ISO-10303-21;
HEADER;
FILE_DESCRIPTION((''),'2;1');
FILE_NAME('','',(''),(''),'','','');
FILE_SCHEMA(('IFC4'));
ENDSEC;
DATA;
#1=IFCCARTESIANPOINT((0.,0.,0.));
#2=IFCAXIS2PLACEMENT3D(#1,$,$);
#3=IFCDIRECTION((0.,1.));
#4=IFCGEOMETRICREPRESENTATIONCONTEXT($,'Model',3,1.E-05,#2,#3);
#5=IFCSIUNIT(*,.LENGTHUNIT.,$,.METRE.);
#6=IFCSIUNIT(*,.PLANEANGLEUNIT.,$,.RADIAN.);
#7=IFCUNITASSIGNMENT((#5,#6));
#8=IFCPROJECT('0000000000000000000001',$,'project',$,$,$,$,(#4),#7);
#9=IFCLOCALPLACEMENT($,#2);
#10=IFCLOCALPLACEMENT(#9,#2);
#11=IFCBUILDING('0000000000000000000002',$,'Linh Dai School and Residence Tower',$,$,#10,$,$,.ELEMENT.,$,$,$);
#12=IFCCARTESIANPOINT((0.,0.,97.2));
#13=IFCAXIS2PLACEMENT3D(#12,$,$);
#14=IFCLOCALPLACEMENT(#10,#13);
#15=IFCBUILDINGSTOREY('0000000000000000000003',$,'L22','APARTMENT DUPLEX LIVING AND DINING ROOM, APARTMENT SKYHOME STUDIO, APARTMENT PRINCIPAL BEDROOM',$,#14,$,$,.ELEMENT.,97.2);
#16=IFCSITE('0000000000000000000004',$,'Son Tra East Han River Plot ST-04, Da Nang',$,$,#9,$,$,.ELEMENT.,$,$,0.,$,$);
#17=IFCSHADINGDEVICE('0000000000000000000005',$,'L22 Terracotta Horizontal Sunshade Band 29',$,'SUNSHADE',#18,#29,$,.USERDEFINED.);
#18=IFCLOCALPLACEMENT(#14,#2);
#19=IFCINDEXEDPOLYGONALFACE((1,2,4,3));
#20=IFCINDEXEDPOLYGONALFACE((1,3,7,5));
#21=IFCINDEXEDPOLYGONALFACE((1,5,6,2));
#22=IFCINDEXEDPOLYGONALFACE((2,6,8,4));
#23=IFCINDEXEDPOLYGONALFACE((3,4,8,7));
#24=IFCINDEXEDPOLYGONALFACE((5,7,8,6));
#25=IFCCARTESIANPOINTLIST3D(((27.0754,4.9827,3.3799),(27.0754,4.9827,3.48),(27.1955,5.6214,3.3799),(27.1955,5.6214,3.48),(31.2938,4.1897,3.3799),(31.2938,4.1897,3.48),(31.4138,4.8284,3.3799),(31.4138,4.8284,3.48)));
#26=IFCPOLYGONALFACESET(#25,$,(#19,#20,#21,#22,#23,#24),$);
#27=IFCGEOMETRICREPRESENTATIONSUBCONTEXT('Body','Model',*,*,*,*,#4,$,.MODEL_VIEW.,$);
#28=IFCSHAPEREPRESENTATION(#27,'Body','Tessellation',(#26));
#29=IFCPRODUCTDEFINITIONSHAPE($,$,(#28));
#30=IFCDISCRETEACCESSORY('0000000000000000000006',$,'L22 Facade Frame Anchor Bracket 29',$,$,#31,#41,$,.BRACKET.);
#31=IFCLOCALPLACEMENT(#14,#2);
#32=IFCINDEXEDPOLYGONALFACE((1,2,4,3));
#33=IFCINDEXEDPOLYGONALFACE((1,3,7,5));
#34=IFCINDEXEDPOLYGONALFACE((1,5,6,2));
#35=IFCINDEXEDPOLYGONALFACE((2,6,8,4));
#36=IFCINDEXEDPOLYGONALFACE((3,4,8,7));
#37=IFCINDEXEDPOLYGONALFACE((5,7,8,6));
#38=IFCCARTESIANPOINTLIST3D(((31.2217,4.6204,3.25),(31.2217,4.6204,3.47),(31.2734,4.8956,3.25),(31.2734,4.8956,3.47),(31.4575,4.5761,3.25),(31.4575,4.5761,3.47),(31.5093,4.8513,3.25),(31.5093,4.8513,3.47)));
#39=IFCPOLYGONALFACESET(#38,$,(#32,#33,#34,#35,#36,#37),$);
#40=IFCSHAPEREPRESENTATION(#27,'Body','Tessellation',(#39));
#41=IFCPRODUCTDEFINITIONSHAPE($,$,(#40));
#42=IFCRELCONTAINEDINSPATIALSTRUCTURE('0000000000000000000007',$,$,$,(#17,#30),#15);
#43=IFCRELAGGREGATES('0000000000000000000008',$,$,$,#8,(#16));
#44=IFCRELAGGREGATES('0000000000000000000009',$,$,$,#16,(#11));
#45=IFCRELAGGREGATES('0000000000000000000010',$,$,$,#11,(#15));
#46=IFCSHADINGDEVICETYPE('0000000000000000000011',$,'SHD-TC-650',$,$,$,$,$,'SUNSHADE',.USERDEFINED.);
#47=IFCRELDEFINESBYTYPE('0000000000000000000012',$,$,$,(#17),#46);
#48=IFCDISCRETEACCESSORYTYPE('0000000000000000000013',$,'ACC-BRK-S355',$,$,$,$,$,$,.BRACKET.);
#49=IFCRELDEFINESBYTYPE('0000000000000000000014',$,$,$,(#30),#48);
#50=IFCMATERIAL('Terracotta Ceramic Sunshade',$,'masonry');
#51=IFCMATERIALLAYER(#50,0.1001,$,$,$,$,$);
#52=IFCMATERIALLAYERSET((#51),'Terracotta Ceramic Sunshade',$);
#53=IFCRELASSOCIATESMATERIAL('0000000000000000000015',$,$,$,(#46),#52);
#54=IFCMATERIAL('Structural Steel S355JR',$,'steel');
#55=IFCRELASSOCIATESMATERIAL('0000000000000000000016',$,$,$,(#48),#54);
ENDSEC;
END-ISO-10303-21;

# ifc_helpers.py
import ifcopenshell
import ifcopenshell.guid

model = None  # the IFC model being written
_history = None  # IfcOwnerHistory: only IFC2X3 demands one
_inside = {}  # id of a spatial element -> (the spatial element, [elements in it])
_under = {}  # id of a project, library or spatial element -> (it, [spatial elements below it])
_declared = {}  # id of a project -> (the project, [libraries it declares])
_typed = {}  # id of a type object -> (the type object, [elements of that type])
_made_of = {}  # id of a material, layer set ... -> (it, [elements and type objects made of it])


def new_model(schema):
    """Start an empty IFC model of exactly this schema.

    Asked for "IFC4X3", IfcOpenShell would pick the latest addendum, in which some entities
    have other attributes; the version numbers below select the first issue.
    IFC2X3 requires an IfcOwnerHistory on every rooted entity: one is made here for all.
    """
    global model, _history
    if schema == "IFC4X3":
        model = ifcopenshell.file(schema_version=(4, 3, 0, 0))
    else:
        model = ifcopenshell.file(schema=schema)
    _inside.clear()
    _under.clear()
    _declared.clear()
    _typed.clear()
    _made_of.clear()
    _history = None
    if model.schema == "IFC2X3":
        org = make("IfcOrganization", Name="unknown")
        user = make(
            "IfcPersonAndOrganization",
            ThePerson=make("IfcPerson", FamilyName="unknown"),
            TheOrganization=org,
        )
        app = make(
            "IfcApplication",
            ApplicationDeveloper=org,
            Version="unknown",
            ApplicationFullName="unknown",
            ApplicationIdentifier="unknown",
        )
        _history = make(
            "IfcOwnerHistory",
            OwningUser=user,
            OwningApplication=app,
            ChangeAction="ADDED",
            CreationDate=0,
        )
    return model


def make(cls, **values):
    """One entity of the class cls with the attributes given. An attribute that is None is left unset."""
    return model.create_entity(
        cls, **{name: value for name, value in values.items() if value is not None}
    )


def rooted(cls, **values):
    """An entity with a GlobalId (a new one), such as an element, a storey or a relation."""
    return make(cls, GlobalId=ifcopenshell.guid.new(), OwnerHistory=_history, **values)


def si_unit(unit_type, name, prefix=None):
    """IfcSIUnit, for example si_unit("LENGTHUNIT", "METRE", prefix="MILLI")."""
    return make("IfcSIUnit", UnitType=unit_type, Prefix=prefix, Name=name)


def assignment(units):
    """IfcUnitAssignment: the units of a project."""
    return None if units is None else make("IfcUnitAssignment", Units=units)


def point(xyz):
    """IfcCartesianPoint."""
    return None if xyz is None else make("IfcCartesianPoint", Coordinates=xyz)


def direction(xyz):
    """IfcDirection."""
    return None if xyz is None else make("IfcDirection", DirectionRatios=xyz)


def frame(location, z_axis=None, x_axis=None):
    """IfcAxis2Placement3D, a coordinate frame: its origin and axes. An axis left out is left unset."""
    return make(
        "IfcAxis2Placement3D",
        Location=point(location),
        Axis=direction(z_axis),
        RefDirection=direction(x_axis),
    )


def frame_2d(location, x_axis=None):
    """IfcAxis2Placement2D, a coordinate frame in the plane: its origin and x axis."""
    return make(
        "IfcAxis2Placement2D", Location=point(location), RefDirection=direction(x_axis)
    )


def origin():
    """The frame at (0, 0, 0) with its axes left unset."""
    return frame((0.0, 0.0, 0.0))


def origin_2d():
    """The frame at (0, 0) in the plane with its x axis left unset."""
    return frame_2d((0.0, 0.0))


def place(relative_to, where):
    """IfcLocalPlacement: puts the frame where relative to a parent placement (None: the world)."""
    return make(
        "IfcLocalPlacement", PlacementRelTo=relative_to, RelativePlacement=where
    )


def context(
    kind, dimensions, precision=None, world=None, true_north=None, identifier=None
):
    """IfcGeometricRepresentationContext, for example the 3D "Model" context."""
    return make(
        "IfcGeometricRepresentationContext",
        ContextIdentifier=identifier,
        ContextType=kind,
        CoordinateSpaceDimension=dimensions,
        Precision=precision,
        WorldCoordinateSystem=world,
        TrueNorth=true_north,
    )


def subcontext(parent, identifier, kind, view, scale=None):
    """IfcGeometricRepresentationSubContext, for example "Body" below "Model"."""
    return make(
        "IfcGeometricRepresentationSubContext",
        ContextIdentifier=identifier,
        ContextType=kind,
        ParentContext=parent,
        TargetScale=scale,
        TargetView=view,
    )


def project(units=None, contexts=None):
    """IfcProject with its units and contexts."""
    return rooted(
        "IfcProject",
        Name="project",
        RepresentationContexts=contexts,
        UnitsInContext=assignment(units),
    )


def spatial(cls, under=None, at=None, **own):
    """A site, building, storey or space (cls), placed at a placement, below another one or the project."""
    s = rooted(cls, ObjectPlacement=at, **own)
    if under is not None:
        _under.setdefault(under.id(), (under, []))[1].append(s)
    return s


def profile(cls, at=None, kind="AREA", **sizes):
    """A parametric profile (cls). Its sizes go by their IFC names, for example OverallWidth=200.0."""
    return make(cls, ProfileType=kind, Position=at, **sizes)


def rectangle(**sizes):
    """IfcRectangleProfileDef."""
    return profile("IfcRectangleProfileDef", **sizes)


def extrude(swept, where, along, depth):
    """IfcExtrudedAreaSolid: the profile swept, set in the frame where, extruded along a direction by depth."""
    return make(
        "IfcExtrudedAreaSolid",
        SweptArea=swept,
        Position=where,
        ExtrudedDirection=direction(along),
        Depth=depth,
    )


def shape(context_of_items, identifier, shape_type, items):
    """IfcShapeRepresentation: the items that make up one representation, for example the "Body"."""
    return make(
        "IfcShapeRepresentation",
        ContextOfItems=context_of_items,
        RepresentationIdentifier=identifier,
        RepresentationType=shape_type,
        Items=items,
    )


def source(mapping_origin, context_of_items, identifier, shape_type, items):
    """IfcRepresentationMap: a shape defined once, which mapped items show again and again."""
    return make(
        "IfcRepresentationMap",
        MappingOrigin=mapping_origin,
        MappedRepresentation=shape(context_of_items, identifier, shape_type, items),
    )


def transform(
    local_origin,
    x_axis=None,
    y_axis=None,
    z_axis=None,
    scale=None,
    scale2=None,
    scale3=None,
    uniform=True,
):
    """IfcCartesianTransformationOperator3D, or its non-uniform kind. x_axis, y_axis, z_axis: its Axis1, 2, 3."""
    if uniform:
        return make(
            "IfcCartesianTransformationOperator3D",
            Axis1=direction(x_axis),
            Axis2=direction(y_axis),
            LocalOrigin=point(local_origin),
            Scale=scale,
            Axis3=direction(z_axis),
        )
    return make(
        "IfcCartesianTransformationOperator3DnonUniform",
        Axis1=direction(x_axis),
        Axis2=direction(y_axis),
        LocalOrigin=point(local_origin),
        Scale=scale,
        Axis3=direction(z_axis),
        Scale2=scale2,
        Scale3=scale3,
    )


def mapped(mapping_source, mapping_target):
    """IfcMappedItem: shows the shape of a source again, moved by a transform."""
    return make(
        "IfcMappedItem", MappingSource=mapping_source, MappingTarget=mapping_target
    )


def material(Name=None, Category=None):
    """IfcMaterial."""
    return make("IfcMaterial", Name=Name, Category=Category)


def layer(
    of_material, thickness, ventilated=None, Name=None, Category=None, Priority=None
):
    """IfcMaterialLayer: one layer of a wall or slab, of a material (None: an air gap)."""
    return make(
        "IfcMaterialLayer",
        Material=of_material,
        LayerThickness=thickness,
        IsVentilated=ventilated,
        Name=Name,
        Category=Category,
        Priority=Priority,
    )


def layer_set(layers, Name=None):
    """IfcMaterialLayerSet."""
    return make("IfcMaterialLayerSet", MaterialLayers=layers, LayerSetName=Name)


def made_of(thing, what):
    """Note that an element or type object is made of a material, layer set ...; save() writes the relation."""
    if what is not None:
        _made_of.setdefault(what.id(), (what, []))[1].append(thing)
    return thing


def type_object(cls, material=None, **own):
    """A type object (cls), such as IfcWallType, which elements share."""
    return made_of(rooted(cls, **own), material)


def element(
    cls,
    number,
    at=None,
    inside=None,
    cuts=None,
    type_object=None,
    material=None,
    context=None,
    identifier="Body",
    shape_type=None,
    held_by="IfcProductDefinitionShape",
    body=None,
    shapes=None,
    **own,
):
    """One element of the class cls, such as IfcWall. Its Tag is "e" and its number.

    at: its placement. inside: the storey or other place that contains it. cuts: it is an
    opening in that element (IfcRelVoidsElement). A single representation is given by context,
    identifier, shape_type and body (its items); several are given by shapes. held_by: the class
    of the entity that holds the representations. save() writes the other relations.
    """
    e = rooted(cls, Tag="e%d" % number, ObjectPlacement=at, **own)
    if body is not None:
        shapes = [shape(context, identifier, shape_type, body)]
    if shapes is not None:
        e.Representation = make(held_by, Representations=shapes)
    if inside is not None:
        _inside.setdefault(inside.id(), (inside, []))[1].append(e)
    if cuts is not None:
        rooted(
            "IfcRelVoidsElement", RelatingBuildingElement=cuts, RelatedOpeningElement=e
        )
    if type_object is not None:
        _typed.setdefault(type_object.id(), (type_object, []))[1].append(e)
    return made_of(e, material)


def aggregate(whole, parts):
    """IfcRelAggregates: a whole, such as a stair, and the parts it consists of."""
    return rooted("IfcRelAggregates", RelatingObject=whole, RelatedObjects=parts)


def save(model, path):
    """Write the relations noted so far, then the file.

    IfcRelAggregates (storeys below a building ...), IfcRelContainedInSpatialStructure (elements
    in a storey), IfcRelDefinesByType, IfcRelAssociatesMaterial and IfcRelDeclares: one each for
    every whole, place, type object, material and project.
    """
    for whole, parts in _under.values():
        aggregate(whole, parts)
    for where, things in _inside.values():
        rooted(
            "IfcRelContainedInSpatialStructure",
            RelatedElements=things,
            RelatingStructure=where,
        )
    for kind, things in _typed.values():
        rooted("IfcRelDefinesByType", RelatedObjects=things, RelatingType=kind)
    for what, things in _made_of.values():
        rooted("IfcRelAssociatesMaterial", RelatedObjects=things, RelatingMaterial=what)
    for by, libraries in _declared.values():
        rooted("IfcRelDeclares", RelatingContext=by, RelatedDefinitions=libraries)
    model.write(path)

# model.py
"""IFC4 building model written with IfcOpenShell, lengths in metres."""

from ifc_helpers import new_model, si_unit, direction, frame, origin, origin_2d, place, context, subcontext, project, spatial, rectangle, extrude, source, transform, mapped, material, layer, layer_set, type_object, element, save


model = new_model("IFC4")

# Units and contexts
model_context = context("Model", 3, precision=1e-05, world=origin(), true_north=direction((0.0, 1.0)))
body_context = subcontext(model_context, "Body", "Model", "MODEL_VIEW")
ifc_project = project(units=[si_unit("LENGTHUNIT", "METRE"), si_unit("PLANEANGLEUNIT", "RADIAN")], contexts=[model_context])

# Site, building, storey
site_placement = place(None, origin())
site = spatial("IfcSite", under=ifc_project, at=site_placement, Name="Son Tra East Han River Plot ST-04, Da Nang", CompositionType="ELEMENT", RefElevation=0.0)
building_placement = place(site_placement, origin())
building = spatial("IfcBuilding", under=site, at=building_placement, Name="Linh Dai School and Residence Tower", CompositionType="ELEMENT")
storey_placement = place(building_placement, frame((0.0, 0.0, 97.2)))
storey = spatial("IfcBuildingStorey", under=building, at=storey_placement, Name="L22", Description="APARTMENT DUPLEX LIVING AND DINING ROOM, APARTMENT SKYHOME STUDIO, APARTMENT PRINCIPAL BEDROOM", CompositionType="ELEMENT", Elevation=97.2)

# Shared definitions
ifc_material_1 = material(Name="Structural Steel S355JR", Category="steel")

# Shading device
ifc_material_2 = material(Name="Terracotta Ceramic Sunshade", Category="masonry")
ifc_layer_1 = layer(ifc_material_2, 0.1001)
ifc_layer_set_1 = layer_set([ifc_layer_1], Name="Terracotta Ceramic Sunshade")
shading_device_type = type_object("IfcShadingDeviceType", Name="SHD-TC-650", ElementType="SUNSHADE", PredefinedType="USERDEFINED", material=ifc_layer_set_1)
shared_shape_1 = source(origin(), body_context, "Body", "SweptSolid", [
    extrude(rectangle(XDim=4.2922, YDim=0.6499, at=origin_2d()), origin(), (0.0, 0.0, 1.0), 0.1001),
])
shading_device_placement = place(storey_placement, frame((29.2446, 4.9055, 3.3799), z_axis=(0.0, 0.0, 1.0), x_axis=(-0.982785, 0.184755, 0.0)))
element("IfcShadingDevice", 1, at=shading_device_placement, inside=storey, type_object=shading_device_type, Name="L22 Terracotta Horizontal Sunshade Band 29", ObjectType="SUNSHADE", PredefinedType="USERDEFINED", context=body_context, shape_type="MappedRepresentation", body=[
    mapped(shared_shape_1, transform((0.0, 0.0, 0.0), x_axis=(1.0, 0.0, 0.0), y_axis=(0.0, 1.0, 0.0), z_axis=(0.0, 0.0, 1.0), scale=1.0)),
])

# Discrete accessory
discrete_accessory_type = type_object("IfcDiscreteAccessoryType", Name="ACC-BRK-S355", PredefinedType="BRACKET", material=ifc_material_1)
shared_shape_2 = source(origin(), body_context, "Body", "SweptSolid", [
    extrude(rectangle(XDim=0.28, YDim=0.24, at=origin_2d()), origin(), (0.0, 0.0, 1.0), 0.22),
])
discrete_accessory_placement = place(storey_placement, frame((31.3655, 4.7358, 3.25), z_axis=(0.0, 0.0, 1.0), x_axis=(-0.184755, -0.982785, 0.0)))
element("IfcDiscreteAccessory", 2, at=discrete_accessory_placement, inside=storey, type_object=discrete_accessory_type, Name="L22 Facade Frame Anchor Bracket 29", PredefinedType="BRACKET", context=body_context, shape_type="MappedRepresentation", body=[
    mapped(shared_shape_2, transform((0.0, 0.0, 0.0), x_axis=(1.0, 0.0, 0.0), y_axis=(0.0, 1.0, 0.0), z_axis=(0.0, 0.0, 1.0), scale=1.0)),
])

save(model, "model.ifc")
